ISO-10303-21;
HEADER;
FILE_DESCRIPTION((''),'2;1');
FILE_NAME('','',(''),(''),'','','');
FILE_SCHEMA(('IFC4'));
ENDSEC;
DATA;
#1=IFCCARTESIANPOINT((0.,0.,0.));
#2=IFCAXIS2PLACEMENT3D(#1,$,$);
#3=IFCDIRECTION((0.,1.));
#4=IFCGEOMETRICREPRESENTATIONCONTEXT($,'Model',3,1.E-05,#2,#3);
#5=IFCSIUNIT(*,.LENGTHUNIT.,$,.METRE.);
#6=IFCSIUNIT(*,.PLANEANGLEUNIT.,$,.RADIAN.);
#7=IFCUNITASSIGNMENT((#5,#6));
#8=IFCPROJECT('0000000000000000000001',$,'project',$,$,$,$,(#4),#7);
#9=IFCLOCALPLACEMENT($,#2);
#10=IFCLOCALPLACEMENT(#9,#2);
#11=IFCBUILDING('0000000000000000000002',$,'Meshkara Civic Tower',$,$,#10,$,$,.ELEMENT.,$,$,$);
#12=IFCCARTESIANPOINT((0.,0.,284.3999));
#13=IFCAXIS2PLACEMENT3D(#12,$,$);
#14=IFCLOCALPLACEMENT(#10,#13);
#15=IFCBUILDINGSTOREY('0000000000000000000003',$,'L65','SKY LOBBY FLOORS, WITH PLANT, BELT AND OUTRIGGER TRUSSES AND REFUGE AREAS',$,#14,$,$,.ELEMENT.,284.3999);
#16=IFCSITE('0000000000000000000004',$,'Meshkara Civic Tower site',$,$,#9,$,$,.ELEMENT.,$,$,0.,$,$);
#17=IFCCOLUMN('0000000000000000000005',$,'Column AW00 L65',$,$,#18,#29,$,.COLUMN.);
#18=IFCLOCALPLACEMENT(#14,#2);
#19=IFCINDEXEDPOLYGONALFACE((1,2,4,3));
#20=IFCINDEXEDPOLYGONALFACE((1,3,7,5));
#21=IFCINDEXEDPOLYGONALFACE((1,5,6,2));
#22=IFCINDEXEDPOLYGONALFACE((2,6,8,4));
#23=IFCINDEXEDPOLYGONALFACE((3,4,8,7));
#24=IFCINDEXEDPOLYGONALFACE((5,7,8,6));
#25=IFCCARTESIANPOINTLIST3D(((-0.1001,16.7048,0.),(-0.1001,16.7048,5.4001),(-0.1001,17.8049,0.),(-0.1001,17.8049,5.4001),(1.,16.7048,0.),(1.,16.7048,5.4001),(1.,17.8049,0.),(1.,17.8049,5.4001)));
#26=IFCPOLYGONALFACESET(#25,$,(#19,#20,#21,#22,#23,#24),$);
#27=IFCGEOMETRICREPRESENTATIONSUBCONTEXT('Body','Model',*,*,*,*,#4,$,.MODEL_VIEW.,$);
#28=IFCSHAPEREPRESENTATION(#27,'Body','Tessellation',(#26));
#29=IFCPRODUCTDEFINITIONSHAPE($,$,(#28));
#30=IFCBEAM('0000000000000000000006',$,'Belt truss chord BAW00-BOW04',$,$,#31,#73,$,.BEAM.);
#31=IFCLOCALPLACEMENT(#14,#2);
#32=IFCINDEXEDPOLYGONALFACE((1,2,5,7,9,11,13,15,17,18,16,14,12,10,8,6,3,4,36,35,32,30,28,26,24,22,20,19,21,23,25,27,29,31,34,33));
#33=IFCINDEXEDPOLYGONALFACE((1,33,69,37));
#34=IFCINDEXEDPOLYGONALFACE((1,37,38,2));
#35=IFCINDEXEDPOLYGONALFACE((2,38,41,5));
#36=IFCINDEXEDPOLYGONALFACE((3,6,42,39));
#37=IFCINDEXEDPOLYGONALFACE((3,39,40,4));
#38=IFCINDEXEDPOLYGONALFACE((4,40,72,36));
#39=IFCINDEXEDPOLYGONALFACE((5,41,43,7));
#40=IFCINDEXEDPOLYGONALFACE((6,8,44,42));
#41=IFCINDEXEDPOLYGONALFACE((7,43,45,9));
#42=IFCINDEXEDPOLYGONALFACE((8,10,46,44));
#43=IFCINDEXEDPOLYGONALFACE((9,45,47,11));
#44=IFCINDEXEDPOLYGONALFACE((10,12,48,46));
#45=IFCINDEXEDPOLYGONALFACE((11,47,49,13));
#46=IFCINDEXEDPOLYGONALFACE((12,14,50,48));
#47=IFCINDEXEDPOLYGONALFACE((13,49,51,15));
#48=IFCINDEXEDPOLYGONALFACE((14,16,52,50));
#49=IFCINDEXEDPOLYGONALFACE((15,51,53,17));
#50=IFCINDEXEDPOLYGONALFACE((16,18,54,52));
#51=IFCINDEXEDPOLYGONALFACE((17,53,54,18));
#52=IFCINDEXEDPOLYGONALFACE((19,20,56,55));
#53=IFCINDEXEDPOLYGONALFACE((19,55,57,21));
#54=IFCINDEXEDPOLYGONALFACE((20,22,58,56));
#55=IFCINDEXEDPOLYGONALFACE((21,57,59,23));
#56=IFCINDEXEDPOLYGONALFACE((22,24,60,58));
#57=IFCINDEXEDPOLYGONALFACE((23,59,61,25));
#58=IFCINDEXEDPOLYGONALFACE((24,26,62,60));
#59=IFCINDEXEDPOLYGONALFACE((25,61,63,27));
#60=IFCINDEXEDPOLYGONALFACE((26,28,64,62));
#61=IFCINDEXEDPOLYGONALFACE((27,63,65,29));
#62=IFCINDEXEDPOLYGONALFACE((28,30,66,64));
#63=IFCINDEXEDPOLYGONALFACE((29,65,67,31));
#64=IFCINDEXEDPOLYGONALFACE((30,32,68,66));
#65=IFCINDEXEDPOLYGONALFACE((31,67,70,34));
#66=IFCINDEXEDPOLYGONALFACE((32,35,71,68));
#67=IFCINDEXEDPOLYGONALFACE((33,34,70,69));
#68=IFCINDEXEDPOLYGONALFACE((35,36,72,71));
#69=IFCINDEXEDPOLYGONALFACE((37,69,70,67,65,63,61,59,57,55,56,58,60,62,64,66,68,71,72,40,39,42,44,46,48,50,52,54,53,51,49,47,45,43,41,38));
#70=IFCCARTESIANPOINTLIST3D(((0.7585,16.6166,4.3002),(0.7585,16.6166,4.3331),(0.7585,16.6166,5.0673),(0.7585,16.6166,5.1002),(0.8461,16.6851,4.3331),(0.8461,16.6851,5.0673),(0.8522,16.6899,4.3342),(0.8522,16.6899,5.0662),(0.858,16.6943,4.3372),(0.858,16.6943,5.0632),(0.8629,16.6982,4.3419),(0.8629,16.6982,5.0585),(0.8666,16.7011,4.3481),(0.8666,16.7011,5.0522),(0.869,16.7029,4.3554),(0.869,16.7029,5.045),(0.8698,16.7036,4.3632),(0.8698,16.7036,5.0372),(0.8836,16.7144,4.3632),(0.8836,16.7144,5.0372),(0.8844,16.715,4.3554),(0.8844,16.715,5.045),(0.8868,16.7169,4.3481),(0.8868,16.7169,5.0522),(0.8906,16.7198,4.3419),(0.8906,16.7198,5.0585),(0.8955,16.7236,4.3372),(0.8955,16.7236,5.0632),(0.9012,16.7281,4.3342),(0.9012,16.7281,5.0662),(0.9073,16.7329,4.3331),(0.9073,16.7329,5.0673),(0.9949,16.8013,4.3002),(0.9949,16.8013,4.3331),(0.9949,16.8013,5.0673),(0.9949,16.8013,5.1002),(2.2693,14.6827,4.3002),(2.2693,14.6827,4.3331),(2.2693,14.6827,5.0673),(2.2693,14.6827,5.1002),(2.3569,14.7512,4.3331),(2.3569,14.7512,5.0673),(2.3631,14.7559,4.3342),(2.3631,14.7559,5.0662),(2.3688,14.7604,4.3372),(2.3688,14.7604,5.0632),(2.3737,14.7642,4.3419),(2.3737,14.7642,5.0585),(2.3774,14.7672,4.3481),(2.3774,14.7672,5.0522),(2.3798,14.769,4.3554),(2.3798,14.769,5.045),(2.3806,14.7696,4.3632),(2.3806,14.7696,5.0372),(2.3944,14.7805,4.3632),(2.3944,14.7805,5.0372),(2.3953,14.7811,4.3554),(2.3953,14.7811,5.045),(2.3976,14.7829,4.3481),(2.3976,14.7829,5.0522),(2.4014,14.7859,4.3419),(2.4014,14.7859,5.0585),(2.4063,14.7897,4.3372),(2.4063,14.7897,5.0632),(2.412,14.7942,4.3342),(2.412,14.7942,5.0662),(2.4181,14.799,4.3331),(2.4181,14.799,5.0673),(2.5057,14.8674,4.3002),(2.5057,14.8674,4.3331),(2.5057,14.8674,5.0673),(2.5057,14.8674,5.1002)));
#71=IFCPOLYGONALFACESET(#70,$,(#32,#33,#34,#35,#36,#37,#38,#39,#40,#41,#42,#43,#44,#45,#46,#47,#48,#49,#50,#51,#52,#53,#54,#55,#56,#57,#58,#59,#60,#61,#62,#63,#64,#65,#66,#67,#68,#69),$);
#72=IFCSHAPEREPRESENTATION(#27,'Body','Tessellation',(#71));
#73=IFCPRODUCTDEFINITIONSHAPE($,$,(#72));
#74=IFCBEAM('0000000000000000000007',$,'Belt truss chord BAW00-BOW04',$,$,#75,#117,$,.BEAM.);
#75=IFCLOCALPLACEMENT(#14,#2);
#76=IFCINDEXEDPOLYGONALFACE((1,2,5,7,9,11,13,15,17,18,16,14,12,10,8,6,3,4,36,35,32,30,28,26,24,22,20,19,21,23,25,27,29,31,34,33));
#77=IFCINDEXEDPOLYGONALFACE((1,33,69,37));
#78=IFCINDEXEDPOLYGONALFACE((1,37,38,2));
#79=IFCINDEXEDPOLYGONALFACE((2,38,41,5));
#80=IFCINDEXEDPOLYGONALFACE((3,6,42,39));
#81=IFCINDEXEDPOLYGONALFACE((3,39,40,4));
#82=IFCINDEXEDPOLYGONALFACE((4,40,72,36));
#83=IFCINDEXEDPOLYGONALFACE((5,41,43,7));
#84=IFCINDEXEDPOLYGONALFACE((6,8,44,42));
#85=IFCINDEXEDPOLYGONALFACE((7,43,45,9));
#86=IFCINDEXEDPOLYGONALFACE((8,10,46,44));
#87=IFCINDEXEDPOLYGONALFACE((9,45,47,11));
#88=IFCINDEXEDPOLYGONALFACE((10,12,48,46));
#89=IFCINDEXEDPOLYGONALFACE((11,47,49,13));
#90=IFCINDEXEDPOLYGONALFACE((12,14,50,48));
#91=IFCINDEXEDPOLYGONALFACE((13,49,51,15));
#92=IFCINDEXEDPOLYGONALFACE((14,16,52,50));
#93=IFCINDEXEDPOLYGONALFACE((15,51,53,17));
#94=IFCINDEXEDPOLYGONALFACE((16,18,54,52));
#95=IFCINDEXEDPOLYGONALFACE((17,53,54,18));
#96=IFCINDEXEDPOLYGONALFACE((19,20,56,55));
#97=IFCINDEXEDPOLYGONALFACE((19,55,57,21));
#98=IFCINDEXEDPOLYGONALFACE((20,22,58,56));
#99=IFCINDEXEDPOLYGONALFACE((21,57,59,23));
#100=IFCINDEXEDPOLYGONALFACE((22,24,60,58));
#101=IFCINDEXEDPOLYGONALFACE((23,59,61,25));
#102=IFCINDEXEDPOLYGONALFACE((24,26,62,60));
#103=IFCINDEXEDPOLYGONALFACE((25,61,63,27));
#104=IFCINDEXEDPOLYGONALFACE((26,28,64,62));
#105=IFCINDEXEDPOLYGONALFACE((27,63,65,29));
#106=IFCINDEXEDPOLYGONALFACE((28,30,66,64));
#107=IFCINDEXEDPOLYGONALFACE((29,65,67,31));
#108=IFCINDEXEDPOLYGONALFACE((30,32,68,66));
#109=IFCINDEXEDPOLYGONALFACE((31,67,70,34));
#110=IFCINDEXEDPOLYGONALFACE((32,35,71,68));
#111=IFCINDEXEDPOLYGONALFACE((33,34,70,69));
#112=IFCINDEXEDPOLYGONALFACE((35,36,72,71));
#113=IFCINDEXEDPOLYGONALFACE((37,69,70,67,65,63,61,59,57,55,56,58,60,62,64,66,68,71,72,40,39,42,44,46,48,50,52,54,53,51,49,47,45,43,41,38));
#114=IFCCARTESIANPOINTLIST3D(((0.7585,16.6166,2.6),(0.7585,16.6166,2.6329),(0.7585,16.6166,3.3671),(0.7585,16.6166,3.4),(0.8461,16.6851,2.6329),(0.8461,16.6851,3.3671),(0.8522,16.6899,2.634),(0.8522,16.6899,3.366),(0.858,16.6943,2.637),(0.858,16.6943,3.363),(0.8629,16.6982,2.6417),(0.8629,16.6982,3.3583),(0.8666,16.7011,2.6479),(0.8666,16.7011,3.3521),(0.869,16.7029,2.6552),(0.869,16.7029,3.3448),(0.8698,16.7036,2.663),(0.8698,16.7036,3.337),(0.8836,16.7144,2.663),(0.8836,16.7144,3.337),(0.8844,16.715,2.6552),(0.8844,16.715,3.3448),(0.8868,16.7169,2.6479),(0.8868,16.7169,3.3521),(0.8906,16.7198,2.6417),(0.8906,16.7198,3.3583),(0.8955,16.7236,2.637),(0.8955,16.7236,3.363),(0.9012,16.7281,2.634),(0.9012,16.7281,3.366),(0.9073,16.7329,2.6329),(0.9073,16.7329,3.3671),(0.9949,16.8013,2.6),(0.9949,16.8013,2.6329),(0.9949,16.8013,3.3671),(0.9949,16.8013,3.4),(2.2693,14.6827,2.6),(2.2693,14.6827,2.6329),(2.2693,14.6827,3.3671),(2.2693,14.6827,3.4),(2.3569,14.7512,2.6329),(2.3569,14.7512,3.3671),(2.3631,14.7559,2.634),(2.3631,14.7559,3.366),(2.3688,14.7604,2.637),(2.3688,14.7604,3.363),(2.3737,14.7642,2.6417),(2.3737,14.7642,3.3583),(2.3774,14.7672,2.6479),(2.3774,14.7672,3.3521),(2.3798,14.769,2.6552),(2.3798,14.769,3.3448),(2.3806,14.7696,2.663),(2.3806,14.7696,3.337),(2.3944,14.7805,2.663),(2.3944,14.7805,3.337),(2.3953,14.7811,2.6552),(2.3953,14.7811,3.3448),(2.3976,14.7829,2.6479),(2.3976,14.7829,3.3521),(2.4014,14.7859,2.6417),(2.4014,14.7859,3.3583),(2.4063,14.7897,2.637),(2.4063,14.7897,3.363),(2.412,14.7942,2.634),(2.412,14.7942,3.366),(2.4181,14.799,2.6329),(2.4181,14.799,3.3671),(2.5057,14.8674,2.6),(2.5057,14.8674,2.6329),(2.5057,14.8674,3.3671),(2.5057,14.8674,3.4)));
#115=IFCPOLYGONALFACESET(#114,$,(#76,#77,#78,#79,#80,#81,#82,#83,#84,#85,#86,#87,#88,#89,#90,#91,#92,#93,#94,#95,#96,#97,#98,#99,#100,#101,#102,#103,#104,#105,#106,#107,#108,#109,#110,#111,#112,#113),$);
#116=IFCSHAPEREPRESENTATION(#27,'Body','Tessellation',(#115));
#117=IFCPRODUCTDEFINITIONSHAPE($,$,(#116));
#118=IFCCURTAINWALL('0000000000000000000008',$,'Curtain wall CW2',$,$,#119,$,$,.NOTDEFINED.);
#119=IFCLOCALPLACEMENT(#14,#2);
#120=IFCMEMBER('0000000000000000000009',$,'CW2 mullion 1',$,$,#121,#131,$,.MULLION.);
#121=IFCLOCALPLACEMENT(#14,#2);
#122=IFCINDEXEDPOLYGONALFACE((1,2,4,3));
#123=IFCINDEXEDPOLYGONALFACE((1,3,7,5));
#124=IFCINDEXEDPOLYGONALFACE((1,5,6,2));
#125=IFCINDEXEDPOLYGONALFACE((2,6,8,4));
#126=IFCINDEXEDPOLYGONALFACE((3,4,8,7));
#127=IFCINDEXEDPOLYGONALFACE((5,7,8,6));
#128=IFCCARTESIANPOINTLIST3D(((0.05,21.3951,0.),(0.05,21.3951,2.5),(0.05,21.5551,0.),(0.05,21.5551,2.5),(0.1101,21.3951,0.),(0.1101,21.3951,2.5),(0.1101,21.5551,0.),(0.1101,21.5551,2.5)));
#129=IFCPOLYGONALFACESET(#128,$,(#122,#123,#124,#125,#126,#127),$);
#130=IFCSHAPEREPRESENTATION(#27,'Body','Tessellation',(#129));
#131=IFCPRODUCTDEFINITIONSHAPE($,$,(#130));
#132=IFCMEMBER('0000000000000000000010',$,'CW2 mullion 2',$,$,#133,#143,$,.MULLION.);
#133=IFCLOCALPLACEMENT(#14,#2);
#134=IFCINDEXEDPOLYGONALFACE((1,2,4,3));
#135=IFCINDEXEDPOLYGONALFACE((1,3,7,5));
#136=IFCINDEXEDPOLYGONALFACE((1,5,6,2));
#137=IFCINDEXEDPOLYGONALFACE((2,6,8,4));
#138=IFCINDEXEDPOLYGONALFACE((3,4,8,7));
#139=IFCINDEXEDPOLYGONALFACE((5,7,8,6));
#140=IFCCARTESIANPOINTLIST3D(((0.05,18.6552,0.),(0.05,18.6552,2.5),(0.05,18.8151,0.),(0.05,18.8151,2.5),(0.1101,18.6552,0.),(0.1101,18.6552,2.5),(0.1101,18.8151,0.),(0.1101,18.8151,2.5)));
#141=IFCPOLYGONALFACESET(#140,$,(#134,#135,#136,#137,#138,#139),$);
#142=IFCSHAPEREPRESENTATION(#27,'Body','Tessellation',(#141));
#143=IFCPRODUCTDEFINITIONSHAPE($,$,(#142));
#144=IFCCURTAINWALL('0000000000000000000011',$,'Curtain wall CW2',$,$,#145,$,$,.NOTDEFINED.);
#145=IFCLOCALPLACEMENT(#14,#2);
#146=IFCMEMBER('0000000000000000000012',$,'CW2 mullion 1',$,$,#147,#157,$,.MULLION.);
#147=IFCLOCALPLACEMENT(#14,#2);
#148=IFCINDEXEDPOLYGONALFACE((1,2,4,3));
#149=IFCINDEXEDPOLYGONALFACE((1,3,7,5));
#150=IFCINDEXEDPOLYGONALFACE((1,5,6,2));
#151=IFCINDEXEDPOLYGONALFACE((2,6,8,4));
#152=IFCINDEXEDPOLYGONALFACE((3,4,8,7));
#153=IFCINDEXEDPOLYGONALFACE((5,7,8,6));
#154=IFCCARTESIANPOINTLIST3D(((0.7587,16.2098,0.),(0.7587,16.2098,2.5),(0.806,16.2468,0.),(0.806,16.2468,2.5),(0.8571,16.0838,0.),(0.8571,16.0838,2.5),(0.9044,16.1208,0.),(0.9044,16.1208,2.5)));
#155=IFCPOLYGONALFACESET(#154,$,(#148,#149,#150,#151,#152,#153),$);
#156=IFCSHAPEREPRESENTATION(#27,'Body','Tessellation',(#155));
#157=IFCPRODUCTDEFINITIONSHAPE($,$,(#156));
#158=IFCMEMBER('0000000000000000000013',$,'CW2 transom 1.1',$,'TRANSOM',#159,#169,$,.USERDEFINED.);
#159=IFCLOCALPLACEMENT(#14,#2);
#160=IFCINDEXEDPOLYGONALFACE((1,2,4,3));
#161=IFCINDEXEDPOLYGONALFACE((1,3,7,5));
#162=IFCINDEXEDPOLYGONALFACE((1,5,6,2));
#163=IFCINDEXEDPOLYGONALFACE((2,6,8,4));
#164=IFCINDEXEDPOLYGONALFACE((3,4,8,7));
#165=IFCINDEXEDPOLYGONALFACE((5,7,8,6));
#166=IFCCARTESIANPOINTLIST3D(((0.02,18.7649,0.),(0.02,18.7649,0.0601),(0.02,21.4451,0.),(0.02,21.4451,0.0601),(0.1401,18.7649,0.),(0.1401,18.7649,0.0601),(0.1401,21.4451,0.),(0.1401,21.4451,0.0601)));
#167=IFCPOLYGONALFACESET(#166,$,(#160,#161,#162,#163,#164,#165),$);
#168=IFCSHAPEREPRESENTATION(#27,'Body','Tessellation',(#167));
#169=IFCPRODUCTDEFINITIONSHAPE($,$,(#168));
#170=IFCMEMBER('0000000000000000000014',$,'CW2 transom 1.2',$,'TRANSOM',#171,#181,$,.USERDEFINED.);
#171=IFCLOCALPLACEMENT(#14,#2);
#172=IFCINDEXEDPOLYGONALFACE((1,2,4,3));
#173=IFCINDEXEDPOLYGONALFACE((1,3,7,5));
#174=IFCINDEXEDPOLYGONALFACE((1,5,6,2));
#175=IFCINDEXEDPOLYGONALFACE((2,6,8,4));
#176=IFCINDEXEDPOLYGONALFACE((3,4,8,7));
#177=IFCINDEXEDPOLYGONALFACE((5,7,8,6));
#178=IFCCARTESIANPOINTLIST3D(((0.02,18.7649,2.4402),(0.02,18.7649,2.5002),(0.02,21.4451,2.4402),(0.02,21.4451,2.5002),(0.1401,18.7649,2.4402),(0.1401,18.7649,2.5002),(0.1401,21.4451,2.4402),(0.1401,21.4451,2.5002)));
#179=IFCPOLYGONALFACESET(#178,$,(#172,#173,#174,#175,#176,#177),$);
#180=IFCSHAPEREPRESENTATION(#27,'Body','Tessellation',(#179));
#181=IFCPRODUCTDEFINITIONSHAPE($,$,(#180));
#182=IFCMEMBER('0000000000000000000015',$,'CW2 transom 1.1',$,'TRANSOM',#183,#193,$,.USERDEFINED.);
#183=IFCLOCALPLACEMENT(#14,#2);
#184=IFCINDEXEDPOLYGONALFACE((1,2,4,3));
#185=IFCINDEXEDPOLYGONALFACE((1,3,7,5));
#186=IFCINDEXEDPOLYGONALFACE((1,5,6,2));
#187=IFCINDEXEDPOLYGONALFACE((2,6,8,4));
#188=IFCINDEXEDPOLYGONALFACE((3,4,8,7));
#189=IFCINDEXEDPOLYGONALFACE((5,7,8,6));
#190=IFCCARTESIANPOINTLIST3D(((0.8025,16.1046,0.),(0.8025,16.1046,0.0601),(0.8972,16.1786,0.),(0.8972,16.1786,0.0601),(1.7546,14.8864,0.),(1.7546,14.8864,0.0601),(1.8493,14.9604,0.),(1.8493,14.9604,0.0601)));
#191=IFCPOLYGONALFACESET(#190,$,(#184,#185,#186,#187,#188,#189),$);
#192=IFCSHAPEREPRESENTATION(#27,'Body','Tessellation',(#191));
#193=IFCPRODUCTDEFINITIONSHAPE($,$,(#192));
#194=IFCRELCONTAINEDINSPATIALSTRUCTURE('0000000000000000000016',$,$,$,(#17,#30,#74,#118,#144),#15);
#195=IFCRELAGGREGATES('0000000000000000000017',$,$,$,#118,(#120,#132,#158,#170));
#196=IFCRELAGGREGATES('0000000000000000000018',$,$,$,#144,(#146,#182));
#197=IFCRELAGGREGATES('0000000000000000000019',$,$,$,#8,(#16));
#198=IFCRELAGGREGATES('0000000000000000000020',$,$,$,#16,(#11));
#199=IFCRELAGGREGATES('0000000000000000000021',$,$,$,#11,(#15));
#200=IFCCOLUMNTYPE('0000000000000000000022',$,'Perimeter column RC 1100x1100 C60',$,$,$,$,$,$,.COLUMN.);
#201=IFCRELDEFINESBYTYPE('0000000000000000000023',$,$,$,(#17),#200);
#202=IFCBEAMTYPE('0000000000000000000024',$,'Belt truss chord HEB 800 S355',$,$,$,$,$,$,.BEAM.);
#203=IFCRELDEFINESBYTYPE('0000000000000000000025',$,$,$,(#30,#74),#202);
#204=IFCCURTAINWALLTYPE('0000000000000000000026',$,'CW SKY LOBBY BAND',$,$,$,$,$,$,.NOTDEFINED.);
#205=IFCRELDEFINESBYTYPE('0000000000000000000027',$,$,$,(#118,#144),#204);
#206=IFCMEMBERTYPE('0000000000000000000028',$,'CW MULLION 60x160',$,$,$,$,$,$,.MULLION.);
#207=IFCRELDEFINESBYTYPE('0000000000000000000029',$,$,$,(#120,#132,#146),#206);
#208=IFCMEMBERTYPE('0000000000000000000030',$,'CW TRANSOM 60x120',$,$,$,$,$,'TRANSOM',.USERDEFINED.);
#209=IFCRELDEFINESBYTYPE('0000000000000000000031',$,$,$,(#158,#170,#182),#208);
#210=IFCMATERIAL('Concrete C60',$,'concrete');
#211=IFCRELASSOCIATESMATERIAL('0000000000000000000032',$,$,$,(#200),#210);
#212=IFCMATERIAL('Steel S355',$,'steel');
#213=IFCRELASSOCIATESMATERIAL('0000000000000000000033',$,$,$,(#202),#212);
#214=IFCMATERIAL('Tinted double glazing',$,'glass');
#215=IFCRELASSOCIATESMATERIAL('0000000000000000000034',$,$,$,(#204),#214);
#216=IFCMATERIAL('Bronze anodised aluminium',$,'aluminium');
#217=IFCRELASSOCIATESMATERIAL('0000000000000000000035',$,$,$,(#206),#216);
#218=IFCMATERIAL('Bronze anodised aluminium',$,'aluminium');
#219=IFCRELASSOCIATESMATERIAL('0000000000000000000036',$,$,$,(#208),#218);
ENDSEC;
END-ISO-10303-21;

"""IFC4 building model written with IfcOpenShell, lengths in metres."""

from ifc_helpers import new_model, si_unit, direction, frame, origin, origin_2d, place, context, subcontext, project, spatial, rectangle, i_section, extrude, material, material_profile, profile_set, type_object, element, aggregate, save


model = new_model("IFC4")

# Units and contexts
model_context = context("Model", 3, precision=1e-05, world=origin(), true_north=direction((0.0, 1.0)))
body_context = subcontext(model_context, "Body", "Model", "MODEL_VIEW")
ifc_project = project(units=[si_unit("LENGTHUNIT", "METRE"), si_unit("PLANEANGLEUNIT", "RADIAN")], contexts=[model_context])

# Site, building, storey
site_placement = place(None, origin())
site = spatial("IfcSite", under=ifc_project, at=site_placement, Name="Meshkara Civic Tower site", CompositionType="ELEMENT", RefElevation=0.0)
building_placement = place(site_placement, origin())
building = spatial("IfcBuilding", under=site, at=building_placement, Name="Meshkara Civic Tower", CompositionType="ELEMENT")
storey_placement = place(building_placement, frame((0.0, 0.0, 284.3999)))
storey = spatial("IfcBuildingStorey", under=building, at=storey_placement, Name="L65", Description="SKY LOBBY FLOORS, WITH PLANT, BELT AND OUTRIGGER TRUSSES AND REFUGE AREAS", CompositionType="ELEMENT", Elevation=284.3999)

# Column
ifc_material_1 = material(Name="Concrete C60", Category="concrete")
ifc_material_profile_1 = material_profile(ifc_material_1, rectangle(XDim=1.1001, YDim=1.1001, at=origin_2d()))
ifc_profile_set_1 = profile_set([ifc_material_profile_1], Name="Concrete C60")
column_type = type_object("IfcColumnType", Name="Perimeter column RC 1100x1100 C60", PredefinedType="COLUMN", material=ifc_profile_set_1)
column_placement = place(storey_placement, frame((0.45, 17.2549, 0.0), z_axis=(0.0, 0.0, 1.0), x_axis=(1.0, 0.0, 0.0)))
element("IfcColumn", 1, at=column_placement, inside=storey, type_object=column_type, Name="Column AW00 L65", PredefinedType="COLUMN", context=body_context, shape_type="SweptSolid", body=[
    extrude(rectangle(XDim=1.1001, YDim=1.1001, at=origin_2d()), origin(), (0.0, 0.0, 1.0), 5.4001),
])

# Beams
ifc_material_2 = material(Name="Steel S355", Category="steel")
ifc_material_profile_2 = material_profile(ifc_material_2, i_section(OverallWidth=0.3, OverallDepth=0.8, WebThickness=0.0176, FlangeThickness=0.033, FilletRadius=0.03, at=origin_2d()))
ifc_profile_set_2 = profile_set([ifc_material_profile_2], Name="Steel S355")
beam_type = type_object("IfcBeamType", Name="Belt truss chord HEB 800 S355", PredefinedType="BEAM", material=ifc_profile_set_2)
for number, where, z_axis, x_axis, name in (
    (2, (0.8767, 16.709, 4.7002), (0.615627, -0.788038, 0.0), (0.788038, 0.615627, 0.0), "Belt truss chord BAW00-BOW04"),
    (3, (0.8767, 16.709, 3.0), (0.615627, -0.788038, 0.0), (0.788038, 0.615627, 0.0), "Belt truss chord BAW00-BOW04"),
):
    element("IfcBeam", number, at=place(storey_placement, frame(where, z_axis=z_axis, x_axis=x_axis)), inside=storey, type_object=beam_type, Name=name, PredefinedType="BEAM", context=body_context, shape_type="SweptSolid", body=[
        extrude(i_section(OverallWidth=0.3, OverallDepth=0.8, WebThickness=0.0176, FlangeThickness=0.033, FilletRadius=0.03, at=origin_2d()), origin(), (0.0, 0.0, 1.0), 2.4541),
    ])

# Curtain wall, members
ifc_material_3 = material(Name="Tinted double glazing", Category="glass")
curtain_wall_type = type_object("IfcCurtainWallType", Name="CW SKY LOBBY BAND", PredefinedType="NOTDEFINED", material=ifc_material_3)
curtain_wall_1_placement = place(storey_placement, origin())
curtain_wall_1 = element("IfcCurtainWall", 4, at=curtain_wall_1_placement, inside=storey, type_object=curtain_wall_type, Name="Curtain wall CW2", PredefinedType="NOTDEFINED")
ifc_material_4 = material(Name="Bronze anodised aluminium", Category="aluminium")
ifc_material_profile_3 = material_profile(ifc_material_4, rectangle(XDim=0.0601, YDim=0.1599, at=origin_2d()))
ifc_profile_set_3 = profile_set([ifc_material_profile_3], Name="Bronze anodised aluminium")
member_type_1 = type_object("IfcMemberType", Name="CW MULLION 60x160", PredefinedType="MULLION", material=ifc_profile_set_3)
member_1_placement = place(storey_placement, frame((0.0801, 21.4751, 0.0), z_axis=(0.0, 0.0, 1.0), x_axis=(1.0, 0.0, 0.0)))
member_1 = element("IfcMember", 5, at=member_1_placement, type_object=member_type_1, Name="CW2 mullion 1", PredefinedType="MULLION", context=body_context, shape_type="SweptSolid", body=[
    extrude(rectangle(XDim=0.0601, YDim=0.1599, at=origin_2d()), origin(), (0.0, 0.0, 1.0), 2.5),
])
member_2_placement = place(storey_placement, frame((0.0801, 18.7351, 0.0), z_axis=(0.0, 0.0, 1.0), x_axis=(1.0, 0.0, 0.0)))
member_2 = element("IfcMember", 6, at=member_2_placement, type_object=member_type_1, Name="CW2 mullion 2", PredefinedType="MULLION", context=body_context, shape_type="SweptSolid", body=[
    extrude(rectangle(XDim=0.0601, YDim=0.1599, at=origin_2d()), origin(), (0.0, 0.0, 1.0), 2.5),
])

# Curtain wall, member
curtain_wall_2_placement = place(storey_placement, origin())
curtain_wall_2 = element("IfcCurtainWall", 7, at=curtain_wall_2_placement, inside=storey, type_object=curtain_wall_type, Name="Curtain wall CW2", PredefinedType="NOTDEFINED")
member_3_placement = place(storey_placement, frame((0.8315, 16.1653, 0.0), z_axis=(0.0, 0.0, 1.0), x_axis=(0.787961, 0.615726, 0.0)))
member_3 = element("IfcMember", 8, at=member_3_placement, type_object=member_type_1, Name="CW2 mullion 1", PredefinedType="MULLION", context=body_context, shape_type="SweptSolid", body=[
    extrude(rectangle(XDim=0.0601, YDim=0.1599, at=origin_2d()), origin(), (0.0, 0.0, 1.0), 2.5),
])

# Members
ifc_material_5 = material(Name="Bronze anodised aluminium", Category="aluminium")
ifc_material_profile_4 = material_profile(ifc_material_5, rectangle(XDim=0.1201, YDim=0.0601, at=origin_2d()))
ifc_profile_set_4 = profile_set([ifc_material_profile_4], Name="Bronze anodised aluminium")
member_type_2 = type_object("IfcMemberType", Name="CW TRANSOM 60x120", ElementType="TRANSOM", PredefinedType="USERDEFINED", material=ifc_profile_set_4)
member_4_placement = place(storey_placement, frame((0.0801, 21.4451, 0.03), z_axis=(0.0, -1.0, 0.0), x_axis=(1.0, 0.0, 0.0)))
member_4 = element("IfcMember", 9, at=member_4_placement, type_object=member_type_2, Name="CW2 transom 1.1", ObjectType="TRANSOM", PredefinedType="USERDEFINED", context=body_context, shape_type="SweptSolid", body=[
    extrude(rectangle(XDim=0.1201, YDim=0.0601, at=origin_2d()), origin(), (0.0, 0.0, 1.0), 2.6802),
])
member_5_placement = place(storey_placement, frame((0.0801, 21.4451, 2.4702), z_axis=(0.0, -1.0, 0.0), x_axis=(1.0, 0.0, 0.0)))
member_5 = element("IfcMember", 10, at=member_5_placement, type_object=member_type_2, Name="CW2 transom 1.2", ObjectType="TRANSOM", PredefinedType="USERDEFINED", context=body_context, shape_type="SweptSolid", body=[
    extrude(rectangle(XDim=0.1201, YDim=0.0601, at=origin_2d()), origin(), (0.0, 0.0, 1.0), 2.6802),
])
member_6_placement = place(storey_placement, frame((0.8499, 16.1416, 0.03), z_axis=(0.615797, -0.787905, 0.0), x_axis=(0.787905, 0.615797, 0.0)))
member_6 = element("IfcMember", 11, at=member_6_placement, type_object=member_type_2, Name="CW2 transom 1.1", ObjectType="TRANSOM", PredefinedType="USERDEFINED", context=body_context, shape_type="SweptSolid", body=[
    extrude(rectangle(XDim=0.1201, YDim=0.0601, at=origin_2d()), origin(), (0.0, 0.0, 1.0), 1.5461),
])

aggregate(curtain_wall_1, [member_1, member_2, member_4, member_5])
aggregate(curtain_wall_2, [member_3, member_6])

save(model, "model.ifc")
